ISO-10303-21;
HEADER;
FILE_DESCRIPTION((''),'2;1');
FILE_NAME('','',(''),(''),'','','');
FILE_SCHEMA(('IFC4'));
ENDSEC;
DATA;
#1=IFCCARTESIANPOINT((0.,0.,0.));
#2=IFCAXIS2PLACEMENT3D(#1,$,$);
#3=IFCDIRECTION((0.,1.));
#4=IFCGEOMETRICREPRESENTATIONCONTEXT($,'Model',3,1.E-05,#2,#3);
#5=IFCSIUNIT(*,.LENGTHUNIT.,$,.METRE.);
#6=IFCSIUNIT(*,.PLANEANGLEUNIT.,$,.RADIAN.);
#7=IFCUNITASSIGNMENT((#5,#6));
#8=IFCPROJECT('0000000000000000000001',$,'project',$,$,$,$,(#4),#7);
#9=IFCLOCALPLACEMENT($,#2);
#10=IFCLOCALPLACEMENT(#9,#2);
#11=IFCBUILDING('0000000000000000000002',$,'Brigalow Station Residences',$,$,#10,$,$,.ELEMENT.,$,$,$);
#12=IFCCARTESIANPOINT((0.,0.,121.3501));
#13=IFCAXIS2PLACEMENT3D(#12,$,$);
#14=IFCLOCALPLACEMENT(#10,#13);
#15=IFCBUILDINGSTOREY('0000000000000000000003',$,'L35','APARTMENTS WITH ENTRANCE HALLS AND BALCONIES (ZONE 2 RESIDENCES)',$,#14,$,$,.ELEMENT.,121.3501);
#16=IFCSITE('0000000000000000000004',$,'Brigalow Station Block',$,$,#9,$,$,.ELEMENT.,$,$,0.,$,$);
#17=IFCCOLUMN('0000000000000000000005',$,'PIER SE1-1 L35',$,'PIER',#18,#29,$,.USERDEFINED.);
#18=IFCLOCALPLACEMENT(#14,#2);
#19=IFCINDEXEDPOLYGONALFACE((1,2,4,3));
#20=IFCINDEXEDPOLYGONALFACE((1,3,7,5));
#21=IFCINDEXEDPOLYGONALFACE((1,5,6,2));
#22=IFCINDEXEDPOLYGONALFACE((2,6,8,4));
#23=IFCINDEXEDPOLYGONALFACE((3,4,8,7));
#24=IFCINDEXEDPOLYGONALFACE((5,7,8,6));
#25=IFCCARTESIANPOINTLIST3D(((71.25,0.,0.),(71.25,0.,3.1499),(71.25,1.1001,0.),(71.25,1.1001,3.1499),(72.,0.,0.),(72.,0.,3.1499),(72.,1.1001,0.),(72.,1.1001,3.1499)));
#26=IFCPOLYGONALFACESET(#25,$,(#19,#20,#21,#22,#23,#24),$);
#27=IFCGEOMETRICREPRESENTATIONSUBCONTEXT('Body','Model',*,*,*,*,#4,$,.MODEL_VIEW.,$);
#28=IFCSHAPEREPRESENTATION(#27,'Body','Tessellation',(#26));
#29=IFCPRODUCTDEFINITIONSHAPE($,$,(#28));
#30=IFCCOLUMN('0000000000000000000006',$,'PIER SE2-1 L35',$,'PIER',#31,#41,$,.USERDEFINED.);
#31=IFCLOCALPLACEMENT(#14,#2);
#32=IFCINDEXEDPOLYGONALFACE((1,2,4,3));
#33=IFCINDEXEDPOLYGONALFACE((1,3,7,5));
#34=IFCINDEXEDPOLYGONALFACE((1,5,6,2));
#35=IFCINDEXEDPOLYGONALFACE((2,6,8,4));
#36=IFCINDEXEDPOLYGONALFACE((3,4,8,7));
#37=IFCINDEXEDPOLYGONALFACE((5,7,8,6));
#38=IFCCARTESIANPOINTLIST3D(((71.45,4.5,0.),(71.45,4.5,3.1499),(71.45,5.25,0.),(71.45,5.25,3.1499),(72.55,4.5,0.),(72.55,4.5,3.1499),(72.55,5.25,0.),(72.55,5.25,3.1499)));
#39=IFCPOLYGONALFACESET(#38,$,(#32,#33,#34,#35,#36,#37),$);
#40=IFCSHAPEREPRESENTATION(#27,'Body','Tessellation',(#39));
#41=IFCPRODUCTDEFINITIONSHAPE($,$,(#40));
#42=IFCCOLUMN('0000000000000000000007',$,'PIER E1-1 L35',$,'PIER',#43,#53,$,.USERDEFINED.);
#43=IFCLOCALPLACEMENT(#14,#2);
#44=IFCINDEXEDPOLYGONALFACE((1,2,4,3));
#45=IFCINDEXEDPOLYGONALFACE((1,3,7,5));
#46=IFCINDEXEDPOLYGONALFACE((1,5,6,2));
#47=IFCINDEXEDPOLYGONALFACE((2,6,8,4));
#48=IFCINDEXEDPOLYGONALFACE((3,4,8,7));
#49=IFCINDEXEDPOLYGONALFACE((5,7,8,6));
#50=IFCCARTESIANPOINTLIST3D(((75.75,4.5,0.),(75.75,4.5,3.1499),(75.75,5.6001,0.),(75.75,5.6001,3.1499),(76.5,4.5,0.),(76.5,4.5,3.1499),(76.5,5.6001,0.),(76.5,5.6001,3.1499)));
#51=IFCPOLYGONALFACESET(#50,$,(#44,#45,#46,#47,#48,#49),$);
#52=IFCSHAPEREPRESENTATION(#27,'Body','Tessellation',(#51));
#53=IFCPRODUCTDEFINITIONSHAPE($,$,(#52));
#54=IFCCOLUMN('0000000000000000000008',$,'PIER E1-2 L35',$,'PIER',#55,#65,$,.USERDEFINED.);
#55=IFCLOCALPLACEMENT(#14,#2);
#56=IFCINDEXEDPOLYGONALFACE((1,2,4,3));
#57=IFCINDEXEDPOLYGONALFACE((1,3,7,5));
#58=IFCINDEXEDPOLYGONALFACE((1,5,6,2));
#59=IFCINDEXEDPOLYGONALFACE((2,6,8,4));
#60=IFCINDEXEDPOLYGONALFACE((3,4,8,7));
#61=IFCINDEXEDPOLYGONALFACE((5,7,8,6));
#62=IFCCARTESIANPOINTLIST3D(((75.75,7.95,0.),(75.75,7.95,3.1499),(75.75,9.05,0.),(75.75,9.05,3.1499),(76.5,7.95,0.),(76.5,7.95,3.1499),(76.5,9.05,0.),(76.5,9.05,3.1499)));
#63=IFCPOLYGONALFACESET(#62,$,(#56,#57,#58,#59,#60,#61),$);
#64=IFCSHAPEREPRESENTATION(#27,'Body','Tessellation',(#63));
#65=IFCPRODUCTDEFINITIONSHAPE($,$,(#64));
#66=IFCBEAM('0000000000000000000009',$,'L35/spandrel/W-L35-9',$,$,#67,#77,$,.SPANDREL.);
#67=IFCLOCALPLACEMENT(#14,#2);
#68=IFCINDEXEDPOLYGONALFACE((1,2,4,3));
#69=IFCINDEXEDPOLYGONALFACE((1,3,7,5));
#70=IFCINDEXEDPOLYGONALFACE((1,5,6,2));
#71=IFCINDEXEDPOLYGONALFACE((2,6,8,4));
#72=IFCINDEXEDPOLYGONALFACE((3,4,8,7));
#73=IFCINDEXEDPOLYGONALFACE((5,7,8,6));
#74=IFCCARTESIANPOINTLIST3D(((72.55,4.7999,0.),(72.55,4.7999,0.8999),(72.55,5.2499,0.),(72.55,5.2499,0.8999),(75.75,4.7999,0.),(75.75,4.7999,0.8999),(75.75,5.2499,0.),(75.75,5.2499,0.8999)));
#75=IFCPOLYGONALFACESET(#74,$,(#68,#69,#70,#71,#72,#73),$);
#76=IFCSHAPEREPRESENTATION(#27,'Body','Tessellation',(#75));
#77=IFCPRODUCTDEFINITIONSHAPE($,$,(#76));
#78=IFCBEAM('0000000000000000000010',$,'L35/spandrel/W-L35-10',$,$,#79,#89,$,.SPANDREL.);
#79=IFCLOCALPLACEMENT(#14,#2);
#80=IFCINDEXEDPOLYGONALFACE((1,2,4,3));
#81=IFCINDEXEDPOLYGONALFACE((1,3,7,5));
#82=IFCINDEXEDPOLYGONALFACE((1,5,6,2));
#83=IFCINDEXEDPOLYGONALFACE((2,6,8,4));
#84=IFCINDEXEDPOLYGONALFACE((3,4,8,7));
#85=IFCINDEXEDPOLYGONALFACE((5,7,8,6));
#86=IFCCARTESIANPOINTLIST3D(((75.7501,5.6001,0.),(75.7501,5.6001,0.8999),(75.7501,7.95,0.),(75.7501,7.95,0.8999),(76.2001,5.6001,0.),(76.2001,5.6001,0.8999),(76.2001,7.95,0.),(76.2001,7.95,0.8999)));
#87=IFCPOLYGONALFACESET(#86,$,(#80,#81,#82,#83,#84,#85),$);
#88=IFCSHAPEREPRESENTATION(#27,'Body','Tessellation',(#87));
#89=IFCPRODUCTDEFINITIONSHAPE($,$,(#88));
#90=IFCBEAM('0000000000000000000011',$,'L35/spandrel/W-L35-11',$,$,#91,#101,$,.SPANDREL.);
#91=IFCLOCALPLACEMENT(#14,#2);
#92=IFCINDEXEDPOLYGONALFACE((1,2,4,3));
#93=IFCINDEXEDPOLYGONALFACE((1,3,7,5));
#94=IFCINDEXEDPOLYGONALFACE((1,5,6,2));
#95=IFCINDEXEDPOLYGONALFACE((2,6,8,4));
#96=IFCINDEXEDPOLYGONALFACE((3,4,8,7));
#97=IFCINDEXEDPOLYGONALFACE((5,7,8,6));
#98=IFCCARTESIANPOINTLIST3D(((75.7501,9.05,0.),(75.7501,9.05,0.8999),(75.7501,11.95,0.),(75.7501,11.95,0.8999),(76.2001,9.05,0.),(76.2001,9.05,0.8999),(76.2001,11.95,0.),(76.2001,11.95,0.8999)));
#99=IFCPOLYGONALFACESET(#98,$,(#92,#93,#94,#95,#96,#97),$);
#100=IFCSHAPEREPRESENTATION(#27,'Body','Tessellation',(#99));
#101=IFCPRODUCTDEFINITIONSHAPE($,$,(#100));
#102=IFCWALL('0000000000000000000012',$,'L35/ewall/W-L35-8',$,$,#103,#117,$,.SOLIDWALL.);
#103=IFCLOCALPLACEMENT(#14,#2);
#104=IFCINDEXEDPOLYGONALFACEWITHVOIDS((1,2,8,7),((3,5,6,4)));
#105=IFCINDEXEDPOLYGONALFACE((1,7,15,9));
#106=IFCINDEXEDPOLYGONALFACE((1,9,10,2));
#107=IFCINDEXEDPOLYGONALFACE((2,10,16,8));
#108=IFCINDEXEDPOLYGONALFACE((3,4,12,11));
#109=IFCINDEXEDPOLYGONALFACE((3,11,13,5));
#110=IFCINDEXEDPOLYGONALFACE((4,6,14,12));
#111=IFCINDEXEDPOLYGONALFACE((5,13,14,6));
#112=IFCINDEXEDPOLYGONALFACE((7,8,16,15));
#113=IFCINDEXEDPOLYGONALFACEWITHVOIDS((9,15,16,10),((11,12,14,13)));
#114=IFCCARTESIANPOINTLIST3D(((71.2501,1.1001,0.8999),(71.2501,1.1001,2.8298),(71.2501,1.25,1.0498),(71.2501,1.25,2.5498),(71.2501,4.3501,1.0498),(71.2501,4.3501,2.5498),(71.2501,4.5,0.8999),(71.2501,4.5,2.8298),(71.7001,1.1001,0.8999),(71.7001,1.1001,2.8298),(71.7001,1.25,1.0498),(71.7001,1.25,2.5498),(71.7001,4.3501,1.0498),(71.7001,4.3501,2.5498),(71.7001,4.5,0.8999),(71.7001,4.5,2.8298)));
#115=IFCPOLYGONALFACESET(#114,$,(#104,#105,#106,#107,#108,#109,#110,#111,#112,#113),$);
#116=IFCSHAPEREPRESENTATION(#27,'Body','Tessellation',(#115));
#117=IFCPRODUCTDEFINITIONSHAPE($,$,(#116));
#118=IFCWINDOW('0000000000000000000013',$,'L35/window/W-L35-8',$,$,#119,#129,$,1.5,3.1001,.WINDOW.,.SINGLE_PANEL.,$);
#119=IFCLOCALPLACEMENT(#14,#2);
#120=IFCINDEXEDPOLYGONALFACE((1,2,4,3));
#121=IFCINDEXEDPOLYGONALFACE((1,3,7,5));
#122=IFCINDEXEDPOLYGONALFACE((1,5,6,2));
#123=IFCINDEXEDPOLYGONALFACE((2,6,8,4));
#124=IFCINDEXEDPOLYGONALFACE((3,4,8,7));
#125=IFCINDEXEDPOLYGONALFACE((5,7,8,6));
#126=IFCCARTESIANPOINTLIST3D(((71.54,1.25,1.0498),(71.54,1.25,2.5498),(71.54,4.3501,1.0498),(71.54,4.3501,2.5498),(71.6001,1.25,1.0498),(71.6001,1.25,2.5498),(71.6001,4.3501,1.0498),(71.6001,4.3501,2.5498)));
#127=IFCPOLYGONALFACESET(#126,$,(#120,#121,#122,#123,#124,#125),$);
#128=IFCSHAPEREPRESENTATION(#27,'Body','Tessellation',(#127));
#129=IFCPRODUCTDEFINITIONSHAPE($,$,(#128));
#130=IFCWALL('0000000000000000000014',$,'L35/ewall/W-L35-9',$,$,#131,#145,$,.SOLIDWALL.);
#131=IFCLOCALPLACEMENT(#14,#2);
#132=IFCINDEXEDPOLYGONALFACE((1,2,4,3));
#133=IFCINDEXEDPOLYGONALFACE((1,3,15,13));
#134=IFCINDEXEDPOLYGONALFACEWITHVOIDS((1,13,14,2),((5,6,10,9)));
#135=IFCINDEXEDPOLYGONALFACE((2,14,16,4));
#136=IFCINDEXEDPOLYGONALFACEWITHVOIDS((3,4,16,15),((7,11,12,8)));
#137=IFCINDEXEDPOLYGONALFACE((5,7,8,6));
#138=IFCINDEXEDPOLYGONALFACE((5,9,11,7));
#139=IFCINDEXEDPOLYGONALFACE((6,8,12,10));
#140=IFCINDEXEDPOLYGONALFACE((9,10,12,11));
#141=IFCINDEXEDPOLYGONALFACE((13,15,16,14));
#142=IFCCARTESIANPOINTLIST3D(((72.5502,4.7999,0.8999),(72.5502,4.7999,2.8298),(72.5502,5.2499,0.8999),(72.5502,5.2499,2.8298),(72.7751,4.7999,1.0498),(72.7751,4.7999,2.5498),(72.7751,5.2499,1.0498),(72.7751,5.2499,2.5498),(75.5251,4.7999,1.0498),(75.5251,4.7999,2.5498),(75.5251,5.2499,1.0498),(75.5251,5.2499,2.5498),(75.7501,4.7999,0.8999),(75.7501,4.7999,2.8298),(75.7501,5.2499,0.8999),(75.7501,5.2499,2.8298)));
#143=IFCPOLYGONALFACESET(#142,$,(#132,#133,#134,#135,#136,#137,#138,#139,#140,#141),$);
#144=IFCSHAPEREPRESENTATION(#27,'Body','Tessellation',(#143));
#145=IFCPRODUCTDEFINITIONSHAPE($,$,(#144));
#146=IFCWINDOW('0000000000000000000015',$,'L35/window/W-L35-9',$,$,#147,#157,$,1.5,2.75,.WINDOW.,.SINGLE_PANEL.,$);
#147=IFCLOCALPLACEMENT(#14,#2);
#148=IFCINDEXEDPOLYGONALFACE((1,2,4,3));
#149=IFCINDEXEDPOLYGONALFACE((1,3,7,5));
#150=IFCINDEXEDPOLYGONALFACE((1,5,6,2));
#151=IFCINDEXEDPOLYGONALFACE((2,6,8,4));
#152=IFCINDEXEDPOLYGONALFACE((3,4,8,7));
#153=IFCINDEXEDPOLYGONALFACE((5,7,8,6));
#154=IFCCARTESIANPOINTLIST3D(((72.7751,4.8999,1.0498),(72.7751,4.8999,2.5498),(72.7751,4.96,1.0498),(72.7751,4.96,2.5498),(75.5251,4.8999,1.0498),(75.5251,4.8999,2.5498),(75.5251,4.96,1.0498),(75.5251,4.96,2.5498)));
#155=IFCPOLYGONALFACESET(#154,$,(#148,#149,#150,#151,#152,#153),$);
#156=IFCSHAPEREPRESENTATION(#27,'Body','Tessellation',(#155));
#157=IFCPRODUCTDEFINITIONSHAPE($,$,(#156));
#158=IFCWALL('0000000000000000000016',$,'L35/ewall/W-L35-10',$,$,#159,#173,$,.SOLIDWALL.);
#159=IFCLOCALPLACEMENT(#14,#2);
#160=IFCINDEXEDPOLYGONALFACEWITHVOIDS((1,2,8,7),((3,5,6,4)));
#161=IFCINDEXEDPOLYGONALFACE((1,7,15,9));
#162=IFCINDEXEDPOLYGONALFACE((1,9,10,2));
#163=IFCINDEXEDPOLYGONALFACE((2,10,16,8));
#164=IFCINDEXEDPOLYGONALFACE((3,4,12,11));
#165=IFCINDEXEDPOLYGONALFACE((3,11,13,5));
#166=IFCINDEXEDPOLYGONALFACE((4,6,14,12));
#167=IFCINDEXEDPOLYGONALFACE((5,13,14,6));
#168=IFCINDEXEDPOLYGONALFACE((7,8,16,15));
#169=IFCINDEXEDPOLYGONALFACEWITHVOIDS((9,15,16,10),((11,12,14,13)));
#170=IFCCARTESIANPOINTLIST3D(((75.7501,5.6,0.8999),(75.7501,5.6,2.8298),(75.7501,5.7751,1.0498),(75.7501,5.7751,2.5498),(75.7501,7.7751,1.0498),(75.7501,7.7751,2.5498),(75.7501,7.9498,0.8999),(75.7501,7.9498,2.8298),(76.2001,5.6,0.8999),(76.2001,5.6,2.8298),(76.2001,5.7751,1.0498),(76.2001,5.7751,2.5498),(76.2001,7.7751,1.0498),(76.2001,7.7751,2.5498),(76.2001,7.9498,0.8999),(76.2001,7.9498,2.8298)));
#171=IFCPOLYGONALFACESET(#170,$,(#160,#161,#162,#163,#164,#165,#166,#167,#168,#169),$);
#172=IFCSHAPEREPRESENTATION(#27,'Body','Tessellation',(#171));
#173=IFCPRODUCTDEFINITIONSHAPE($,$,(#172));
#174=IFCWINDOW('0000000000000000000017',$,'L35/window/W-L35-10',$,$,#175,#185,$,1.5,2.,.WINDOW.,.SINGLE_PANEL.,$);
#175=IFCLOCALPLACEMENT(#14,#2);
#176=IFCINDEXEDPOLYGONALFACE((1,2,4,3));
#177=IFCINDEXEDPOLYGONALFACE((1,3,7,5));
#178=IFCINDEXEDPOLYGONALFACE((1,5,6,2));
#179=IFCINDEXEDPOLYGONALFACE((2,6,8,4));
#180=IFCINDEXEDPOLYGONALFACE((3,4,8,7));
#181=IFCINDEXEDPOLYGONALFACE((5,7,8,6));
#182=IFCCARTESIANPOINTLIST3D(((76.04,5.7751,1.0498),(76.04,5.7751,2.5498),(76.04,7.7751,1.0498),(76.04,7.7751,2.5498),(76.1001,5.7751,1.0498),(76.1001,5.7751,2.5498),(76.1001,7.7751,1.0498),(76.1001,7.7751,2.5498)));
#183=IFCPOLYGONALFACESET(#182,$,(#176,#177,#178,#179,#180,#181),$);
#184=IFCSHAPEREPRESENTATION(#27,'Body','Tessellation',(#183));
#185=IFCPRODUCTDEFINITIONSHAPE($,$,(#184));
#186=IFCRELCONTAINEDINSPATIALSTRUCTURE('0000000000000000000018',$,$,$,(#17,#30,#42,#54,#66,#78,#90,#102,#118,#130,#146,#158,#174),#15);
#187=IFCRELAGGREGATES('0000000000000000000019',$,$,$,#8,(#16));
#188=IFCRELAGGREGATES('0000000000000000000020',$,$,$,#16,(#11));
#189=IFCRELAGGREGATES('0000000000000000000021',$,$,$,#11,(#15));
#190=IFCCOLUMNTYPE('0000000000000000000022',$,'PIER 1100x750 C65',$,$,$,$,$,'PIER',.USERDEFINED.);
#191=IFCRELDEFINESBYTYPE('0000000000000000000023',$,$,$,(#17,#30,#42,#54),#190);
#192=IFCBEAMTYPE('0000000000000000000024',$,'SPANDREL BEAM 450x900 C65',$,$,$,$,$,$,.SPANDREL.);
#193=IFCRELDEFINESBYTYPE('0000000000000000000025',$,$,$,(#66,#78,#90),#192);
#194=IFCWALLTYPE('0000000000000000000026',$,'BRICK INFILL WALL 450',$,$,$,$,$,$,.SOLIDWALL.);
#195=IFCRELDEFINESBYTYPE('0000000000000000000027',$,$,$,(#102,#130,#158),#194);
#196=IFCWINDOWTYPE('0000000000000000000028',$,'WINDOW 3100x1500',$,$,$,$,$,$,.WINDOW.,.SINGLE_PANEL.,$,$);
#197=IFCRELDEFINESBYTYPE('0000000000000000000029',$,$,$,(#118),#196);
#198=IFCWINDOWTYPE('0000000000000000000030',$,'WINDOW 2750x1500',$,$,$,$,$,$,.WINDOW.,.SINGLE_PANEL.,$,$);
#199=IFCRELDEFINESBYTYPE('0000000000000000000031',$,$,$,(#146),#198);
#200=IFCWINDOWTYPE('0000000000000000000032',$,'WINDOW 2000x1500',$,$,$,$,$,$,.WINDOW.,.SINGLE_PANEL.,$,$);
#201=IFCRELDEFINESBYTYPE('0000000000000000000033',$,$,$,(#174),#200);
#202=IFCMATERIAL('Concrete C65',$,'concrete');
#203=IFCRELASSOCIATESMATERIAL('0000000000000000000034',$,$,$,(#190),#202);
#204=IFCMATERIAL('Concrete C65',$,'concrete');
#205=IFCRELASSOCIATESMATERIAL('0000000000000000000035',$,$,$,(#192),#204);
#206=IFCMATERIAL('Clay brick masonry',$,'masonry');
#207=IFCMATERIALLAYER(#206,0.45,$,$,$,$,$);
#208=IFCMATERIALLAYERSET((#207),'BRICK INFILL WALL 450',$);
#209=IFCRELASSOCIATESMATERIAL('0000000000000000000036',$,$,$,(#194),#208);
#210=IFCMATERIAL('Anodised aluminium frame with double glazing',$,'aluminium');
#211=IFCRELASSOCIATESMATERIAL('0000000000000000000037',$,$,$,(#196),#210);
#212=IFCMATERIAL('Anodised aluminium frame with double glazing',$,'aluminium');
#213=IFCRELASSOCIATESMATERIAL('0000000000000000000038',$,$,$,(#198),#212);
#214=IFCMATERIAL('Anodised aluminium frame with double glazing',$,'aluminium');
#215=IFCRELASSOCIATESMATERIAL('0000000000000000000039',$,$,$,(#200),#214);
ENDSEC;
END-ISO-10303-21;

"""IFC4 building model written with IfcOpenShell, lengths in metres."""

from ifc_helpers import new_model, si_unit, direction, frame, frame_2d, origin, origin_2d, place, context, subcontext, project, spatial, rectangle, extrude, material, layer, layer_set, material_profile, profile_set, type_object, element, fill, save


model = new_model("IFC4")

# Units and contexts
model_context = context("Model", 3, precision=1e-05, world=origin(), true_north=direction((0.0, 1.0)))
body_context = subcontext(model_context, "Body", "Model", "MODEL_VIEW")
ifc_project = project(units=[si_unit("LENGTHUNIT", "METRE"), si_unit("PLANEANGLEUNIT", "RADIAN")], contexts=[model_context])

# Site, building, storey
site_placement = place(None, origin())
site = spatial("IfcSite", under=ifc_project, at=site_placement, Name="Brigalow Station Block", CompositionType="ELEMENT", RefElevation=0.0)
building_placement = place(site_placement, origin())
building = spatial("IfcBuilding", under=site, at=building_placement, Name="Brigalow Station Residences", CompositionType="ELEMENT")
storey_placement = place(building_placement, frame((0.0, 0.0, 121.3501)))
storey = spatial("IfcBuildingStorey", under=building, at=storey_placement, Name="L35", Description="APARTMENTS WITH ENTRANCE HALLS AND BALCONIES (ZONE 2 RESIDENCES)", CompositionType="ELEMENT", Elevation=121.3501)

# Columns
ifc_material_1 = material(Name="Concrete C65", Category="concrete")
ifc_material_profile_1 = material_profile(ifc_material_1, rectangle(XDim=1.1001, YDim=0.75, at=origin_2d()), Name="RC1100x750")
ifc_profile_set_1 = profile_set([ifc_material_profile_1], Name="Concrete C65")
column_type = type_object("IfcColumnType", Name="PIER 1100x750 C65", ElementType="PIER", PredefinedType="USERDEFINED", material=ifc_profile_set_1)
for number, where, z_axis, x_axis, name in (
    (1, (71.625, 0.55, 0.0), (0.0, 0.0, 1.0), (0.0, 1.0, 0.0), "PIER SE1-1 L35"),
    (2, (72.0, 4.875, 0.0), (0.0, 0.0, 1.0), (1.0, 0.0, 0.0), "PIER SE2-1 L35"),
    (3, (76.125, 5.05, 0.0), (0.0, 0.0, 1.0), (0.0, 1.0, 0.0), "PIER E1-1 L35"),
    (4, (76.125, 8.5, 0.0), (0.0, 0.0, 1.0), (0.0, 1.0, 0.0), "PIER E1-2 L35"),
):
    element("IfcColumn", number, at=place(storey_placement, frame(where, z_axis=z_axis, x_axis=x_axis)), inside=storey, type_object=column_type, Name=name, ObjectType="PIER", PredefinedType="USERDEFINED", context=body_context, shape_type="SweptSolid", body=[
        extrude(rectangle(XDim=1.1001, YDim=0.75, at=origin_2d()), origin(), (0.0, 0.0, 1.0), 3.1499),
    ])

# Beams
ifc_material_2 = material(Name="Concrete C65", Category="concrete")
ifc_material_profile_2 = material_profile(ifc_material_2, rectangle(XDim=0.45, YDim=0.8999, at=origin_2d()), Name="RC450x900")
ifc_profile_set_2 = profile_set([ifc_material_profile_2], Name="Concrete C65")
beam_type = type_object("IfcBeamType", Name="SPANDREL BEAM 450x900 C65", PredefinedType="SPANDREL", material=ifc_profile_set_2)
beam_1_placement = place(storey_placement, frame((72.55, 5.0249, 0.45), z_axis=(1.0, 0.0, 0.0), x_axis=(0.0, 1.0, 0.0)))
element("IfcBeam", 5, at=beam_1_placement, inside=storey, type_object=beam_type, Name="L35/spandrel/W-L35-9", PredefinedType="SPANDREL", context=body_context, shape_type="SweptSolid", body=[
    extrude(rectangle(XDim=0.45, YDim=0.8999, at=origin_2d()), origin(), (0.0, 0.0, 1.0), 3.2),
])
beam_2_placement = place(storey_placement, frame((75.9751, 5.6001, 0.45), z_axis=(0.0, 1.0, 0.0), x_axis=(-1.0, 0.0, 0.0)))
element("IfcBeam", 6, at=beam_2_placement, inside=storey, type_object=beam_type, Name="L35/spandrel/W-L35-10", PredefinedType="SPANDREL", context=body_context, shape_type="SweptSolid", body=[
    extrude(rectangle(XDim=0.45, YDim=0.8999, at=origin_2d()), origin(), (0.0, 0.0, 1.0), 2.3499),
])
beam_3_placement = place(storey_placement, frame((75.9751, 9.05, 0.45), z_axis=(0.0, 1.0, 0.0), x_axis=(-1.0, 0.0, 0.0)))
element("IfcBeam", 7, at=beam_3_placement, inside=storey, type_object=beam_type, Name="L35/spandrel/W-L35-11", PredefinedType="SPANDREL", context=body_context, shape_type="SweptSolid", body=[
    extrude(rectangle(XDim=0.45, YDim=0.8999, at=origin_2d()), origin(), (0.0, 0.0, 1.0), 2.8999),
])

# Walls, openings, windows
ifc_material_3 = material(Name="Clay brick masonry", Category="masonry")
ifc_layer_1 = layer(ifc_material_3, 0.45)
ifc_layer_set_1 = layer_set([ifc_layer_1], Name="BRICK INFILL WALL 450")
wall_type_1 = type_object("IfcWallType", Name="BRICK INFILL WALL 450", PredefinedType="SOLIDWALL", material=ifc_layer_set_1)
wall_1_placement = place(storey_placement, frame((71.4751, 1.1001, 0.8999), z_axis=(0.0, 0.0, 1.0), x_axis=(0.0, 1.0, 0.0)))
wall_1 = element("IfcWall", 8, at=wall_1_placement, inside=storey, type_object=wall_type_1, Name="L35/ewall/W-L35-8", PredefinedType="SOLIDWALL", context=body_context, shape_type="SweptSolid", body=[
    extrude(rectangle(XDim=3.3999, YDim=0.45, at=frame_2d((1.7, 0.0))), origin(), (0.0, 0.0, 1.0), 1.9299),
])
opening_1_placement = place(wall_1_placement, frame((0.1499, 0.0, 0.1499)))
opening_1 = element("IfcOpeningElement", 9, at=opening_1_placement, cuts=wall_1, PredefinedType="OPENING", context=body_context, shape_type="SweptSolid", body=[
    extrude(rectangle(XDim=3.1001, YDim=1.5, at=frame_2d((1.55, 0.75))), frame((0.0, 0.2349, 0.0), z_axis=(0.0, -1.0, 0.0), x_axis=(1.0, 0.0, 0.0)), (0.0, 0.0, 1.0), 0.47),
])
ifc_material_4 = material(Name="Anodised aluminium frame with double glazing", Category="aluminium")
window_type_1 = type_object("IfcWindowType", Name="WINDOW 3100x1500", PartitioningType="SINGLE_PANEL", PredefinedType="WINDOW", material=ifc_material_4)
window_1_placement = place(opening_1_placement, origin())
window_1 = element("IfcWindow", 10, at=window_1_placement, inside=storey, type_object=window_type_1, Name="L35/window/W-L35-8", OverallHeight=1.5, OverallWidth=3.1001, PartitioningType="SINGLE_PANEL", PredefinedType="WINDOW", context=body_context, shape_type="SweptSolid", body=[
    extrude(rectangle(XDim=3.1001, YDim=1.5, at=frame_2d((1.55, 0.75))), frame((0.0, -0.0649, 0.0), z_axis=(0.0, -1.0, 0.0), x_axis=(1.0, 0.0, 0.0)), (0.0, 0.0, 1.0), 0.0601),
])
fill(opening_1, window_1)
wall_2_placement = place(storey_placement, frame((72.55, 5.0249, 0.8999), z_axis=(0.0, 0.0, 1.0), x_axis=(1.0, 0.0, 0.0)))
wall_2 = element("IfcWall", 11, at=wall_2_placement, inside=storey, type_object=wall_type_1, Name="L35/ewall/W-L35-9", PredefinedType="SOLIDWALL", context=body_context, shape_type="SweptSolid", body=[
    extrude(rectangle(XDim=3.2, YDim=0.45, at=frame_2d((1.6001, 0.0))), origin(), (0.0, 0.0, 1.0), 1.9299),
])
opening_2_placement = place(wall_2_placement, frame((0.2251, 0.0, 0.1499)))
opening_2 = element("IfcOpeningElement", 12, at=opening_2_placement, cuts=wall_2, PredefinedType="OPENING", context=body_context, shape_type="SweptSolid", body=[
    extrude(rectangle(XDim=2.75, YDim=1.5, at=frame_2d((1.375, 0.75))), frame((0.0, 0.2349, 0.0), z_axis=(0.0, -1.0, 0.0), x_axis=(1.0, 0.0, 0.0)), (0.0, 0.0, 1.0), 0.47),
])
ifc_material_5 = material(Name="Anodised aluminium frame with double glazing", Category="aluminium")
window_type_2 = type_object("IfcWindowType", Name="WINDOW 2750x1500", PartitioningType="SINGLE_PANEL", PredefinedType="WINDOW", material=ifc_material_5)
window_2_placement = place(opening_2_placement, origin())
window_2 = element("IfcWindow", 13, at=window_2_placement, inside=storey, type_object=window_type_2, Name="L35/window/W-L35-9", OverallHeight=1.5, OverallWidth=2.75, PartitioningType="SINGLE_PANEL", PredefinedType="WINDOW", context=body_context, shape_type="SweptSolid", body=[
    extrude(rectangle(XDim=2.75, YDim=1.5, at=frame_2d((1.375, 0.75))), frame((0.0, -0.0649, 0.0), z_axis=(0.0, -1.0, 0.0), x_axis=(1.0, 0.0, 0.0)), (0.0, 0.0, 1.0), 0.0601),
])
fill(opening_2, window_2)
wall_3_placement = place(storey_placement, frame((75.9751, 5.6001, 0.8999), z_axis=(0.0, 0.0, 1.0), x_axis=(0.0, 1.0, 0.0)))
wall_3 = element("IfcWall", 14, at=wall_3_placement, inside=storey, type_object=wall_type_1, Name="L35/ewall/W-L35-10", PredefinedType="SOLIDWALL", context=body_context, shape_type="SweptSolid", body=[
    extrude(rectangle(XDim=2.3499, YDim=0.45, at=frame_2d((1.1748, 0.0))), origin(), (0.0, 0.0, 1.0), 1.9299),
])
opening_3_placement = place(wall_3_placement, frame((0.175, 0.0, 0.1499)))
opening_3 = element("IfcOpeningElement", 15, at=opening_3_placement, cuts=wall_3, PredefinedType="OPENING", context=body_context, shape_type="SweptSolid", body=[
    extrude(rectangle(XDim=2.0, YDim=1.5, at=frame_2d((1.0, 0.75))), frame((0.0, 0.2349, 0.0), z_axis=(0.0, -1.0, 0.0), x_axis=(1.0, 0.0, 0.0)), (0.0, 0.0, 1.0), 0.47),
])
ifc_material_6 = material(Name="Anodised aluminium frame with double glazing", Category="aluminium")
window_type_3 = type_object("IfcWindowType", Name="WINDOW 2000x1500", PartitioningType="SINGLE_PANEL", PredefinedType="WINDOW", material=ifc_material_6)
window_3_placement = place(opening_3_placement, origin())
window_3 = element("IfcWindow", 16, at=window_3_placement, inside=storey, type_object=window_type_3, Name="L35/window/W-L35-10", OverallHeight=1.5, OverallWidth=2.0, PartitioningType="SINGLE_PANEL", PredefinedType="WINDOW", context=body_context, shape_type="SweptSolid", body=[
    extrude(rectangle(XDim=2.0, YDim=1.5, at=frame_2d((1.0, 0.75))), frame((0.0, -0.0649, 0.0), z_axis=(0.0, -1.0, 0.0), x_axis=(1.0, 0.0, 0.0)), (0.0, 0.0, 1.0), 0.0601),
])
fill(opening_3, window_3)

save(model, "model.ifc")
